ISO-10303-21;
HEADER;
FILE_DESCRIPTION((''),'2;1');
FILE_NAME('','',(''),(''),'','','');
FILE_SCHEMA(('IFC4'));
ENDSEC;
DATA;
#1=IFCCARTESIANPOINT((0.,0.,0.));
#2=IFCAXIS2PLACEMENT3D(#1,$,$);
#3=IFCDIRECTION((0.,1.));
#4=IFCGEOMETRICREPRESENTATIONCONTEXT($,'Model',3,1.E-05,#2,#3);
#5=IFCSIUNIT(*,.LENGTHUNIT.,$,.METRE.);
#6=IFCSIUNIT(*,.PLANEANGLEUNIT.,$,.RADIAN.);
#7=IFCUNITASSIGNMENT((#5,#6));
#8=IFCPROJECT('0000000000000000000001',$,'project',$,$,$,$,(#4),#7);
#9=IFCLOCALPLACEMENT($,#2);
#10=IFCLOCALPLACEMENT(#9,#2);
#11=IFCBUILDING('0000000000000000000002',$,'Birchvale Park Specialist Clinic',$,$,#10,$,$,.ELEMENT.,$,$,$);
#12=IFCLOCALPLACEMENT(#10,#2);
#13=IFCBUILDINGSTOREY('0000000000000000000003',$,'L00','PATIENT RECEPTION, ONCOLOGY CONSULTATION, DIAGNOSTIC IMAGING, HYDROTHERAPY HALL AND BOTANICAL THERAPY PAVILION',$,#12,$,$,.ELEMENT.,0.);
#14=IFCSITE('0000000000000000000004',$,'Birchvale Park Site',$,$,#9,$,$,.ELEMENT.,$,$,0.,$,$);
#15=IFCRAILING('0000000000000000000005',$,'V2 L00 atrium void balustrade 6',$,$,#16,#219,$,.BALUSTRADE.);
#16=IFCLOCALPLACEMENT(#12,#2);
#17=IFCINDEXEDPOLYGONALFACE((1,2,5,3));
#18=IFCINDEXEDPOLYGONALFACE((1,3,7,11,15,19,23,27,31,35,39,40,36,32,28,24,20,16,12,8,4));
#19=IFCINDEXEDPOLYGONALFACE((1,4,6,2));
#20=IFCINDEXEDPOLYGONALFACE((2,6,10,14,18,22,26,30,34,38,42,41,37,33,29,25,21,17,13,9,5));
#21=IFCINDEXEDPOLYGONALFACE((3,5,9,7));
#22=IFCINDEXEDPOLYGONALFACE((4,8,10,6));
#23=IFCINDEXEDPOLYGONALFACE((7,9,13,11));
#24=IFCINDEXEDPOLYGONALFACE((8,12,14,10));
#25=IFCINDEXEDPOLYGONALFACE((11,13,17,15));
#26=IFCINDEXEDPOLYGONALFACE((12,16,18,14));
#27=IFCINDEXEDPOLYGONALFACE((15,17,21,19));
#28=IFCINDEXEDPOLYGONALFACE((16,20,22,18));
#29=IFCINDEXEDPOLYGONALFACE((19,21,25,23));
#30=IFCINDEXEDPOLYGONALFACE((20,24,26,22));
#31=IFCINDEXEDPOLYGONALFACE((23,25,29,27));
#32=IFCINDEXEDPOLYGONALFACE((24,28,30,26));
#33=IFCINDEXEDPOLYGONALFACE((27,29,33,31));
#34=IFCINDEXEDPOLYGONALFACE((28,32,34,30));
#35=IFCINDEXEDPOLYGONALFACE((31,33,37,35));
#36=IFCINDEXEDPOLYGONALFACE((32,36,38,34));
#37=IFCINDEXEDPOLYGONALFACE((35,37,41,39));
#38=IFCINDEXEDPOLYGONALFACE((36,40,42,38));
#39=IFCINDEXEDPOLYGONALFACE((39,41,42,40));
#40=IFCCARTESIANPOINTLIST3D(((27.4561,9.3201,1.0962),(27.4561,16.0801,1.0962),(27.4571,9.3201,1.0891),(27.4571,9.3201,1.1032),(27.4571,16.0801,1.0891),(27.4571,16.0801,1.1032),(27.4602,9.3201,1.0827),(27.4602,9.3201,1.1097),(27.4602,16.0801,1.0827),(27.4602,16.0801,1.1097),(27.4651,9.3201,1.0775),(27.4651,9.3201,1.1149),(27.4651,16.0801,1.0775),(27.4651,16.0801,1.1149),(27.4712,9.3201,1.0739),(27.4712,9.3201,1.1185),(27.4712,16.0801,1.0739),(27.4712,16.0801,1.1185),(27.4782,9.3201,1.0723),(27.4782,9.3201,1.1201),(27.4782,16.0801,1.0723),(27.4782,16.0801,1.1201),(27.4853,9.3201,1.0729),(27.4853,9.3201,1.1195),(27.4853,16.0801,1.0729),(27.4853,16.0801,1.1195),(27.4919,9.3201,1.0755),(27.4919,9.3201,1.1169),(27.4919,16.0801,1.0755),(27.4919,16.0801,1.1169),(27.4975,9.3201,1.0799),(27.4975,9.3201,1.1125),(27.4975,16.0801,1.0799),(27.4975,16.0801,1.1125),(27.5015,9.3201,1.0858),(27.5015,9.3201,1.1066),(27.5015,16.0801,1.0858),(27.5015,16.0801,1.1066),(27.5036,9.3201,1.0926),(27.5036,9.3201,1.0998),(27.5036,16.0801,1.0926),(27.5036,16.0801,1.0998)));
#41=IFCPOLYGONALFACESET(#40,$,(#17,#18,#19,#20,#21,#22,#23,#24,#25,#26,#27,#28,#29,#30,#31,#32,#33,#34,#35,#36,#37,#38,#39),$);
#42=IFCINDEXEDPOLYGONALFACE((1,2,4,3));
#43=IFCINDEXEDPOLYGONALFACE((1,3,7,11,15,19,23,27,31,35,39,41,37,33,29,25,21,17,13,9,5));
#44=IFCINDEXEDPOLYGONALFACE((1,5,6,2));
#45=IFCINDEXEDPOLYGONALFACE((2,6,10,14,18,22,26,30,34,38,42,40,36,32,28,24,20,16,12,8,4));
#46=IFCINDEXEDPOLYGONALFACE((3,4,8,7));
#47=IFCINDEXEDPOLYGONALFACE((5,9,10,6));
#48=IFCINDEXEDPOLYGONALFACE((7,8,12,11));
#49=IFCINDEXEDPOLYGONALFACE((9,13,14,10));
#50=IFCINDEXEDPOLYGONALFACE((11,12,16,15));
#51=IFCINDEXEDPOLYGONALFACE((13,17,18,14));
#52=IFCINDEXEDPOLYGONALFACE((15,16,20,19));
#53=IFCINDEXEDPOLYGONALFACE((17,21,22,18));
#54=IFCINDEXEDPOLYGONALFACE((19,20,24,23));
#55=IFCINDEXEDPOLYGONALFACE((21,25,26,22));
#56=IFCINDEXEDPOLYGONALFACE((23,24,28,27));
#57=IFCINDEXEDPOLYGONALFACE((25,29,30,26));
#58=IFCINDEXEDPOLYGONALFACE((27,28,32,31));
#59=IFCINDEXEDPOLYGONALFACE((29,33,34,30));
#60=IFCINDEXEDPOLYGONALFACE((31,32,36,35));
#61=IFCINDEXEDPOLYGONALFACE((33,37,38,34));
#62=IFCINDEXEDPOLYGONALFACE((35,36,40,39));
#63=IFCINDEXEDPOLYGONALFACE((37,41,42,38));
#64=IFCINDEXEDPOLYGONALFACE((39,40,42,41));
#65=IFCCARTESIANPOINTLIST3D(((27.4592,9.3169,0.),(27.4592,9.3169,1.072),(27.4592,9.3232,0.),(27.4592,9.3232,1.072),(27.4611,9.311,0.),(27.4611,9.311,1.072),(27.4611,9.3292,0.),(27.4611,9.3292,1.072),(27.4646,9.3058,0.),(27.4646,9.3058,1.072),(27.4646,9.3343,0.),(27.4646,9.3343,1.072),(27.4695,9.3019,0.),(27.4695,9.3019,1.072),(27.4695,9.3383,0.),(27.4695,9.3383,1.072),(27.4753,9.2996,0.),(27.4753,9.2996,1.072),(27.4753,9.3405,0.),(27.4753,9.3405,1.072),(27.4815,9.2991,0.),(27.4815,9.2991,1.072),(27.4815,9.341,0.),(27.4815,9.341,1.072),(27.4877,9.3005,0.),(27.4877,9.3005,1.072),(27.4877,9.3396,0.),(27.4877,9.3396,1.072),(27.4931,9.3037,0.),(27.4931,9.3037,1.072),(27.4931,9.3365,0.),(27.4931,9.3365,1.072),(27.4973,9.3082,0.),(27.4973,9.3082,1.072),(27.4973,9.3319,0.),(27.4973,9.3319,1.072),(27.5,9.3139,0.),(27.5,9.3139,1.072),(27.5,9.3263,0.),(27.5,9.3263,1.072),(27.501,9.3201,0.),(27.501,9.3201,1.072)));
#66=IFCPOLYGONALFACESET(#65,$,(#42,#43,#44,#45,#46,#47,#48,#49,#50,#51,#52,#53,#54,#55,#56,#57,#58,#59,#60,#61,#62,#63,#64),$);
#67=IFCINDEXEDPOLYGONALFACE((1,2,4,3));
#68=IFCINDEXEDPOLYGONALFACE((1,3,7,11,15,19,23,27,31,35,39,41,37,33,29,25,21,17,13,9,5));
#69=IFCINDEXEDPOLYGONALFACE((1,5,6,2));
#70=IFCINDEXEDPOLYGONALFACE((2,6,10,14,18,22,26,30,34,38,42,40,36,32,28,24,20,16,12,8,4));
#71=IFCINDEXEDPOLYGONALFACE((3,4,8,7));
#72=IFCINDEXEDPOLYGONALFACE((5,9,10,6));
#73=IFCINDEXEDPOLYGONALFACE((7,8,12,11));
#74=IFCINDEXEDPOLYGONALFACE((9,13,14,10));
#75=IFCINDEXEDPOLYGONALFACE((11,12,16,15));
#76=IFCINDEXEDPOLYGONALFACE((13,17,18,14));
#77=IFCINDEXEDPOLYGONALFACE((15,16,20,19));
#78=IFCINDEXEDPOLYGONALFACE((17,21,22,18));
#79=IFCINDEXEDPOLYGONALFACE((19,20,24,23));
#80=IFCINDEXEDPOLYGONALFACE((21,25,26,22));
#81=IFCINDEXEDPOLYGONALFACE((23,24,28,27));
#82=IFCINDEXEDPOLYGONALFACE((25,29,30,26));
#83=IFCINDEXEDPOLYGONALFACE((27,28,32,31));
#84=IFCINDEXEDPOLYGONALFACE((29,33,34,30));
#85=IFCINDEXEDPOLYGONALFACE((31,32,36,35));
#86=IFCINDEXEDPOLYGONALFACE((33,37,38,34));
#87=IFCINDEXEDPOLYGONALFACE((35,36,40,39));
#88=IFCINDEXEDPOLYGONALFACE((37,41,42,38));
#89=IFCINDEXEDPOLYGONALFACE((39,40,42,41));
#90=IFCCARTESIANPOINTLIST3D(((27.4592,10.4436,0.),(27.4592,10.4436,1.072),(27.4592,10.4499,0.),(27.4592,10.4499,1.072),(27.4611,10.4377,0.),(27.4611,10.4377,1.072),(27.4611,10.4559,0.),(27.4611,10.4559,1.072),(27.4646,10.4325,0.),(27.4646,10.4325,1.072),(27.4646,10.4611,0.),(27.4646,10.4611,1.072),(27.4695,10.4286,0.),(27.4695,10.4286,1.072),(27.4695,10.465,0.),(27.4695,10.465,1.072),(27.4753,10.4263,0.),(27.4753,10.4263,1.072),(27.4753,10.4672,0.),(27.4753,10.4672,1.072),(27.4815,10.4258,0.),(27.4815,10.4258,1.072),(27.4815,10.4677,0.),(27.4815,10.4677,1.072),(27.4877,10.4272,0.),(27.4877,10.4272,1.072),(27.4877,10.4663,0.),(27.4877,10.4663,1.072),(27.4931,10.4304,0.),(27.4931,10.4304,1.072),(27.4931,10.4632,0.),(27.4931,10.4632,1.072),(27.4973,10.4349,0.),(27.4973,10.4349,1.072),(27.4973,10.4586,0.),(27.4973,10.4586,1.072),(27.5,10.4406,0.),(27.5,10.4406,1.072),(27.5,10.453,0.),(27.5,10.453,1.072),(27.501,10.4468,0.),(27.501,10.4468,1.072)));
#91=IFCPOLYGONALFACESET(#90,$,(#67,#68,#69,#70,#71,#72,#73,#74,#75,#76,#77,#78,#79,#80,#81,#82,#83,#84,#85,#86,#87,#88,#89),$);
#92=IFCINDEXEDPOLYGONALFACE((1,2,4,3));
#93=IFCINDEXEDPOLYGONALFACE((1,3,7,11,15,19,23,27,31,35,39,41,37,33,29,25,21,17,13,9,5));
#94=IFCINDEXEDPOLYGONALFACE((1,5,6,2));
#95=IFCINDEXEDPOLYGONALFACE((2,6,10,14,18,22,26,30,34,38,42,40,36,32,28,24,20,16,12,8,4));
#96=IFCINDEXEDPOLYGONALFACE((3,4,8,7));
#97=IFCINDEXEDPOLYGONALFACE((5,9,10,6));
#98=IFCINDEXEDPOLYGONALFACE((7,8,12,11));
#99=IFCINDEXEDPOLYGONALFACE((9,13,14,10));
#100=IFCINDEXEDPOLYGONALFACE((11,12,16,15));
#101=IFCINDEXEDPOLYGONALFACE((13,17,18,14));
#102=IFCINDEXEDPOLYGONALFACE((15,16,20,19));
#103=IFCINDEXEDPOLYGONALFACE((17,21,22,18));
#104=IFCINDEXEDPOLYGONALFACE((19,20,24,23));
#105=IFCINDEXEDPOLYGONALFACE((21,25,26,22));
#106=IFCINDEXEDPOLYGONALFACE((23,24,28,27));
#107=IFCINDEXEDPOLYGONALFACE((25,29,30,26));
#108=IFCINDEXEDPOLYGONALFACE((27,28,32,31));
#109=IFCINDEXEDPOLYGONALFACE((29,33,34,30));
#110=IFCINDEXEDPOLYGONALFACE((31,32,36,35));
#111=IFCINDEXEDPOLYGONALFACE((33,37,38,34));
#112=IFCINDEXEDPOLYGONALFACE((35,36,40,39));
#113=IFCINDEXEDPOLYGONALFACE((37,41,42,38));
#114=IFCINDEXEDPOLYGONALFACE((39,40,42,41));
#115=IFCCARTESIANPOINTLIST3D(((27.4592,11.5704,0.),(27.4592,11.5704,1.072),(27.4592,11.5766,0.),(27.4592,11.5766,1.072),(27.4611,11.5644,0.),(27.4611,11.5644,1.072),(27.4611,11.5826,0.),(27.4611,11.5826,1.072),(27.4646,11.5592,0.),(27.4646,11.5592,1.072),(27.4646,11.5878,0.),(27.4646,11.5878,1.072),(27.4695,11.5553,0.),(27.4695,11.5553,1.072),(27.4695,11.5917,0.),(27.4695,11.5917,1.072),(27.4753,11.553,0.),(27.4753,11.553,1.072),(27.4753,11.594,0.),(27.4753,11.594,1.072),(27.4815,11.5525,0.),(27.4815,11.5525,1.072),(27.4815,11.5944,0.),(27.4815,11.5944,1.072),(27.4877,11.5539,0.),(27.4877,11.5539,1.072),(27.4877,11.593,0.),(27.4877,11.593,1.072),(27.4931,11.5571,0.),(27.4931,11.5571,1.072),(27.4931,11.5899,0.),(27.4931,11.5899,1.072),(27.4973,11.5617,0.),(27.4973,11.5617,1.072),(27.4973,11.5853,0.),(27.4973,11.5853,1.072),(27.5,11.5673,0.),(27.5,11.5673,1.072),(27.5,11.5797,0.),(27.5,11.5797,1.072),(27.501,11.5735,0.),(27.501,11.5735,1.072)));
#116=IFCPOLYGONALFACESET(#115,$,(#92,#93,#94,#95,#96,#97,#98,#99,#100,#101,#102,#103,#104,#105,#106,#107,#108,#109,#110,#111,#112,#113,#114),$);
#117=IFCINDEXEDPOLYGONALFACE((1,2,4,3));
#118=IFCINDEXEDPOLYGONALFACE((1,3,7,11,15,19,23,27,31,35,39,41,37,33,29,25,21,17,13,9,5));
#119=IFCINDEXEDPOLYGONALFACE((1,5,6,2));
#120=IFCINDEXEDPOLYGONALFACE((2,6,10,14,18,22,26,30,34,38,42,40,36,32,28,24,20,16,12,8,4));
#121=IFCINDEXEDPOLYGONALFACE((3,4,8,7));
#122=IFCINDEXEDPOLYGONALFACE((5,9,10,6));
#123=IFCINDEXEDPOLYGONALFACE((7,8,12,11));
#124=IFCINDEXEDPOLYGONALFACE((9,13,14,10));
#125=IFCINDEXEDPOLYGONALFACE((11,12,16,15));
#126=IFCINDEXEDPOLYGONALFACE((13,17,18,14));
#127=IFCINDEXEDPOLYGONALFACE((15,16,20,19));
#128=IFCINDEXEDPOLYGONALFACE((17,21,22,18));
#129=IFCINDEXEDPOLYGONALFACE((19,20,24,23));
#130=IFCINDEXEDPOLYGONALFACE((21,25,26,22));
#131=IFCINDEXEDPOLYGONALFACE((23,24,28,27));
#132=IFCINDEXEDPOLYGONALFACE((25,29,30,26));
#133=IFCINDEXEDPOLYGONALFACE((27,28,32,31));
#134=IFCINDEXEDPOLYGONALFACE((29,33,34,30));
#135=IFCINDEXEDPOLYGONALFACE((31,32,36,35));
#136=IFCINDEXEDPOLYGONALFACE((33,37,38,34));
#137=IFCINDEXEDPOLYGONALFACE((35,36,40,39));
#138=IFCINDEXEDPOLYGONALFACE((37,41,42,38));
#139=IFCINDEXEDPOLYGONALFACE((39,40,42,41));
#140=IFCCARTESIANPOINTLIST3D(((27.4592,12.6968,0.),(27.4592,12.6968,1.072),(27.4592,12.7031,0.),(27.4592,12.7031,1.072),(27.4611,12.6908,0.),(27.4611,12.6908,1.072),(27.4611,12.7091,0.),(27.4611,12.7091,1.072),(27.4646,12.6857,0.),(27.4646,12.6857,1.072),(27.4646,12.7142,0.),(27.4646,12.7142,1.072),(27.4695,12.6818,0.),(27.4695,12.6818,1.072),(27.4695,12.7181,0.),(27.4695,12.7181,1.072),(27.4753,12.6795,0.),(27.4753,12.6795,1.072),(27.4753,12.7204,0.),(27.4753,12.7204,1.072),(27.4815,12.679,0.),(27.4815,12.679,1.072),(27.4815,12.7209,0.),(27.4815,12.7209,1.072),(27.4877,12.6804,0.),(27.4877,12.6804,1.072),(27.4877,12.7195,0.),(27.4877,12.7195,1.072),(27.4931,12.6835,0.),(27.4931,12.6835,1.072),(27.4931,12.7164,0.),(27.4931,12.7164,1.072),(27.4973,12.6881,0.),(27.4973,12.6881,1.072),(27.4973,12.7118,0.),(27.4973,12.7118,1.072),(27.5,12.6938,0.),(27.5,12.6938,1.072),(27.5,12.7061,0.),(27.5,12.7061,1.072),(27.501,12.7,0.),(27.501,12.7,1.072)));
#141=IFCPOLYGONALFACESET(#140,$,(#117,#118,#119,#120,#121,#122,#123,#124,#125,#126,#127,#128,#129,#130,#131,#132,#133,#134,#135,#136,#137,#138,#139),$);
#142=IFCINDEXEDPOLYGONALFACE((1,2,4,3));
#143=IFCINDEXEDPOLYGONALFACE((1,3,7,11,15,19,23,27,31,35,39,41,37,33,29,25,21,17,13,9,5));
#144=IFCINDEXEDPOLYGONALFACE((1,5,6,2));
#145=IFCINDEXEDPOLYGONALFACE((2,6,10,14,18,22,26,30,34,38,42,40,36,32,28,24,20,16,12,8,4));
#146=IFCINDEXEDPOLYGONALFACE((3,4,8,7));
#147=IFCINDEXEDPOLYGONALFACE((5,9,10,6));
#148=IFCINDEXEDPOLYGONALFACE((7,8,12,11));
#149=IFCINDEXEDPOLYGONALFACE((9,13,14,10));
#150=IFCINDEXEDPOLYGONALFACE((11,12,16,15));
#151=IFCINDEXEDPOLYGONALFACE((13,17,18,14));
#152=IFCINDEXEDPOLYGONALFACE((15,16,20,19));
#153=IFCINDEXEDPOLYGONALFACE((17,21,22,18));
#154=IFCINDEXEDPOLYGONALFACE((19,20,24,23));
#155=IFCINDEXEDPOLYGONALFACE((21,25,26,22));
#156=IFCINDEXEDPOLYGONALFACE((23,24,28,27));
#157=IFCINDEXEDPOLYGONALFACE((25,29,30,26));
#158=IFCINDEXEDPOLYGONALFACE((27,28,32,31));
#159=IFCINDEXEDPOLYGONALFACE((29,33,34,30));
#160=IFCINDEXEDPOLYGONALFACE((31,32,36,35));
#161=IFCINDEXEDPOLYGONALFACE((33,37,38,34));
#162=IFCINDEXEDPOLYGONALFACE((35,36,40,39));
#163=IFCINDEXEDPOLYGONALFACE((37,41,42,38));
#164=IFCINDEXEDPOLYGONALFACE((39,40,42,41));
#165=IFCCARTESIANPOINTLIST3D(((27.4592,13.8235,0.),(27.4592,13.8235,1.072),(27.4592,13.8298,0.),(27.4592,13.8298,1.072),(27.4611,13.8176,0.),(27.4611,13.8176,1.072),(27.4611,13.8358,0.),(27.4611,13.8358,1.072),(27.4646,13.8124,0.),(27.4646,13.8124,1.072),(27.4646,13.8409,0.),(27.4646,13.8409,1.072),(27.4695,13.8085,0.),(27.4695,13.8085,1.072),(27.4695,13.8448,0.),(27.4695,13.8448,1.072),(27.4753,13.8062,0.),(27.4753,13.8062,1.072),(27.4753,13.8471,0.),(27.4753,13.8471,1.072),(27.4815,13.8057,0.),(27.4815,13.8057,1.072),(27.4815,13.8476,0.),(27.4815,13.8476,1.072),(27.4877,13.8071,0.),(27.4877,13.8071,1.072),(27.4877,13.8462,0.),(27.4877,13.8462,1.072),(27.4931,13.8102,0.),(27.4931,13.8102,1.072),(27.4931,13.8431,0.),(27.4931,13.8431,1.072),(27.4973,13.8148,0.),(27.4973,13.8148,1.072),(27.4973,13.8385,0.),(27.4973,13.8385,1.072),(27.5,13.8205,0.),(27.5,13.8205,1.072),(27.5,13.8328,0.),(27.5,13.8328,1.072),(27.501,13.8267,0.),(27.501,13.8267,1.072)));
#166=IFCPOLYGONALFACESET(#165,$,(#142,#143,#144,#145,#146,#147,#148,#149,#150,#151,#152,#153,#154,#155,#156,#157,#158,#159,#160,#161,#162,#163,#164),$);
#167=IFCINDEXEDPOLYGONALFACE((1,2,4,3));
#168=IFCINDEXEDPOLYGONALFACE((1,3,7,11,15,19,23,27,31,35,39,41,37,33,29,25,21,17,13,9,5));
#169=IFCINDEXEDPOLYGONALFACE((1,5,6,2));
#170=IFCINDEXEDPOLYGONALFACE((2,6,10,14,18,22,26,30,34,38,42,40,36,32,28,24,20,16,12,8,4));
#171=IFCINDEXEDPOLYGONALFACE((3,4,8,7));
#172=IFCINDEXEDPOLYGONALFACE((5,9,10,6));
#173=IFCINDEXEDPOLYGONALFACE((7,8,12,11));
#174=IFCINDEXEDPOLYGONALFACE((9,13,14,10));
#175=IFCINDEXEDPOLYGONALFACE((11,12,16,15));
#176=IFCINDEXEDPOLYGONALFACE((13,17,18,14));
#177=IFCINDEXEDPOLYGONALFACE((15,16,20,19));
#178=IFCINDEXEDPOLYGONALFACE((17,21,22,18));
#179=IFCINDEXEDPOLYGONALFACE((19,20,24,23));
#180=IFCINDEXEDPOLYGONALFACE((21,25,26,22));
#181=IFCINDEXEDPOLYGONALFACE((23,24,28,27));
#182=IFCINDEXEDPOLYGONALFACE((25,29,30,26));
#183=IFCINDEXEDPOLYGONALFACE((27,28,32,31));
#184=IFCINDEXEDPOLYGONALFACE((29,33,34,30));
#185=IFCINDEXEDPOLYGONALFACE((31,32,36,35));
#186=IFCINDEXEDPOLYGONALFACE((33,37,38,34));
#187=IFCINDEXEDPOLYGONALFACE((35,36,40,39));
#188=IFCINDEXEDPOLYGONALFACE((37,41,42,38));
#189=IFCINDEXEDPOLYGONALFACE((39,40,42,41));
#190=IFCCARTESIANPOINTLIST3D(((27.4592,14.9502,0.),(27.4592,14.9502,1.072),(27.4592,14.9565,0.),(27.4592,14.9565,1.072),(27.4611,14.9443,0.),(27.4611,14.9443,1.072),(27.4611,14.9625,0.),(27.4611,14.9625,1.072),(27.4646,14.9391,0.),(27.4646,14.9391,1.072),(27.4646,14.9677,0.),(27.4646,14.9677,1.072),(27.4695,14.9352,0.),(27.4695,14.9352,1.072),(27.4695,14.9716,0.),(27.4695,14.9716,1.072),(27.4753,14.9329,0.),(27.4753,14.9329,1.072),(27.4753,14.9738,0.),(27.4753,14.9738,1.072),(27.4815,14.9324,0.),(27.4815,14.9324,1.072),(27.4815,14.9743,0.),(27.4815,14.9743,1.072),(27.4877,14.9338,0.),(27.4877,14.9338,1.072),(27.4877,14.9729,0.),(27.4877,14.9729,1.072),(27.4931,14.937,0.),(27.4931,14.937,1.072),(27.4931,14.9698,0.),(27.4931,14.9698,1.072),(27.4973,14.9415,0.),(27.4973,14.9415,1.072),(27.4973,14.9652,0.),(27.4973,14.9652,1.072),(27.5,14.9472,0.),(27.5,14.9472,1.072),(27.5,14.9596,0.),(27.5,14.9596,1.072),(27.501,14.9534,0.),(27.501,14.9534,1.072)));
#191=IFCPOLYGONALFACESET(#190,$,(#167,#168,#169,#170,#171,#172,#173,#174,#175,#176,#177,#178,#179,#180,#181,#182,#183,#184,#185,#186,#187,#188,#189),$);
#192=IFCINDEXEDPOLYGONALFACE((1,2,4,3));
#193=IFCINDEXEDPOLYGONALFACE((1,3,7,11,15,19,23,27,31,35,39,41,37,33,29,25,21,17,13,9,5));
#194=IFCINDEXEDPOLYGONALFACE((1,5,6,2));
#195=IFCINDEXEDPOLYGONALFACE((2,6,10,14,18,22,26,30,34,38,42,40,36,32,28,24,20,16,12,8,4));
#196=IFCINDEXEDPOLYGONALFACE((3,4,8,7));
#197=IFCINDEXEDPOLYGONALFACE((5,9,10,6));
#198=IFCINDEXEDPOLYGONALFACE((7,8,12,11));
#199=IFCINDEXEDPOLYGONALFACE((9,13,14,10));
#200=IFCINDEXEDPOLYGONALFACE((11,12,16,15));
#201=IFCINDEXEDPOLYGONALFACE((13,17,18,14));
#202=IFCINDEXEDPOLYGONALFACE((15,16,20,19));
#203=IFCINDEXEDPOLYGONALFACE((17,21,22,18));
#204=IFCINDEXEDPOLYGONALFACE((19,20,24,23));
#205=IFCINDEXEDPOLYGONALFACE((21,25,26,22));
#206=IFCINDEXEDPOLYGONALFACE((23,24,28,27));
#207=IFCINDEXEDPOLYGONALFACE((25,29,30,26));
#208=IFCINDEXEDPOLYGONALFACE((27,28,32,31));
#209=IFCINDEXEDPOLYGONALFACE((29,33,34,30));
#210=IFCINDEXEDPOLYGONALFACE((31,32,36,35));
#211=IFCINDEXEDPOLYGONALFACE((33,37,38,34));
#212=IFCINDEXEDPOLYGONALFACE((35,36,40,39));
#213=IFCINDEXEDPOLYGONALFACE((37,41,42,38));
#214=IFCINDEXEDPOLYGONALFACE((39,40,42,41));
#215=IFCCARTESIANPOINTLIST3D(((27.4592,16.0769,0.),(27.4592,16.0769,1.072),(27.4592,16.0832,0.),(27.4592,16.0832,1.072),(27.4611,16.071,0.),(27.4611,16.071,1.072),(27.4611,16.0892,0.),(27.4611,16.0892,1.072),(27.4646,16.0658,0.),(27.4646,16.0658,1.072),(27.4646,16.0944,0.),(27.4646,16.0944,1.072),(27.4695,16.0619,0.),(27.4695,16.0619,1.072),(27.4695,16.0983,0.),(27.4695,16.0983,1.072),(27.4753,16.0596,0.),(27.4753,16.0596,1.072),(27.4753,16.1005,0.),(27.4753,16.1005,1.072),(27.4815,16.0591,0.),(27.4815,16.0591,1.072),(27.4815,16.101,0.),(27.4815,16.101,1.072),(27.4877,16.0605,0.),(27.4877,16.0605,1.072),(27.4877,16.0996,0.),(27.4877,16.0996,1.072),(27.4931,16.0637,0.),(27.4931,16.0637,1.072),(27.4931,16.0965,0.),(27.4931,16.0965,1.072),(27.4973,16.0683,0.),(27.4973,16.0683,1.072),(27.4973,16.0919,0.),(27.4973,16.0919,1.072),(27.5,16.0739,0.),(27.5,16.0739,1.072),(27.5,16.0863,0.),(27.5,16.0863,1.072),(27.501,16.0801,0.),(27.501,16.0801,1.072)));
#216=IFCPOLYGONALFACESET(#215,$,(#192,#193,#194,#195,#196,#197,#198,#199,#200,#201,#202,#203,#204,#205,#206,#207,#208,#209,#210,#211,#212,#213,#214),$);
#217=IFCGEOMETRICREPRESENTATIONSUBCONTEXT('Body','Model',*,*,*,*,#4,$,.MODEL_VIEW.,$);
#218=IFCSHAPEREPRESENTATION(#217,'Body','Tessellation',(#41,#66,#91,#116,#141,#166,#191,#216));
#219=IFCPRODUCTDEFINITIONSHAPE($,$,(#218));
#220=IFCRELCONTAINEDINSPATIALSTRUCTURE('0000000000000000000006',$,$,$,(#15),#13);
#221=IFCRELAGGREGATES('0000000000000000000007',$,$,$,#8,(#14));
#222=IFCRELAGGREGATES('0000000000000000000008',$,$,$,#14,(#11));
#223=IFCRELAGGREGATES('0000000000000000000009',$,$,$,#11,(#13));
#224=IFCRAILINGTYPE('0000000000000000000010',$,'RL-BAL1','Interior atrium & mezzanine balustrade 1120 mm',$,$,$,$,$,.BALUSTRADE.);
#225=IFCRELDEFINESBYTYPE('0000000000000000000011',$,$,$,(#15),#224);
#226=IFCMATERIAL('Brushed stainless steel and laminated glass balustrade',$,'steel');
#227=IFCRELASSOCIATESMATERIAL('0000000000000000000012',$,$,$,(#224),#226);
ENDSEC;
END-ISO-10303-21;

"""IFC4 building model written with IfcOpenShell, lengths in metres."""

from ifc_helpers import new_model, si_unit, direction, frame, origin, origin_2d, place, context, subcontext, project, spatial, circle, extrude, material, type_object, element, save


model = new_model("IFC4")

# Units and contexts
model_context = context("Model", 3, precision=1e-05, world=origin(), true_north=direction((0.0, 1.0)))
body_context = subcontext(model_context, "Body", "Model", "MODEL_VIEW")
ifc_project = project(units=[si_unit("LENGTHUNIT", "METRE"), si_unit("PLANEANGLEUNIT", "RADIAN")], contexts=[model_context])

# Site, building, storey
site_placement = place(None, origin())
site = spatial("IfcSite", under=ifc_project, at=site_placement, Name="Birchvale Park Site", CompositionType="ELEMENT", RefElevation=0.0)
building_placement = place(site_placement, origin())
building = spatial("IfcBuilding", under=site, at=building_placement, Name="Birchvale Park Specialist Clinic", CompositionType="ELEMENT")
storey_placement = place(building_placement, origin())
storey = spatial("IfcBuildingStorey", under=building, at=storey_placement, Name="L00", Description="PATIENT RECEPTION, ONCOLOGY CONSULTATION, DIAGNOSTIC IMAGING, HYDROTHERAPY HALL AND BOTANICAL THERAPY PAVILION", CompositionType="ELEMENT", Elevation=0.0)

# Railing
ifc_material_1 = material(Name="Brushed stainless steel and laminated glass balustrade", Category="steel")
railing_type = type_object("IfcRailingType", Name="RL-BAL1", Description="Interior atrium & mezzanine balustrade 1120 mm", PredefinedType="BALUSTRADE", material=ifc_material_1)
railing_1_placement = place(storey_placement, frame((27.48, 9.3201, 0.0)))
element("IfcRailing", 1, at=railing_1_placement, inside=storey, type_object=railing_type, Name="V2 L00 atrium void balustrade 6", PredefinedType="BALUSTRADE", context=body_context, shape_type="SweptSolid", body=[
    extrude(circle(Radius=0.0239, at=origin_2d()), frame((0.0, 0.0, 1.0962), z_axis=(0.0, 1.0, 0.0), x_axis=(-1.0, 0.0, 0.0)), (0.0, 0.0, 1.0), 6.76),
    extrude(circle(Radius=0.021, at=origin_2d()), origin(), (0.0, 0.0, 1.0), 1.072),
    extrude(circle(Radius=0.021, at=origin_2d()), frame((0.0, 1.1267, 0.0)), (0.0, 0.0, 1.0), 1.072),
    extrude(circle(Radius=0.021, at=origin_2d()), frame((0.0, 2.2534, 0.0)), (0.0, 0.0, 1.0), 1.072),
    extrude(circle(Radius=0.021, at=origin_2d()), frame((0.0, 3.3799, 0.0)), (0.0, 0.0, 1.0), 1.072),
    extrude(circle(Radius=0.021, at=origin_2d()), frame((0.0, 4.5066, 0.0)), (0.0, 0.0, 1.0), 1.072),
    extrude(circle(Radius=0.021, at=origin_2d()), frame((0.0, 5.6333, 0.0)), (0.0, 0.0, 1.0), 1.072),
    extrude(circle(Radius=0.021, at=origin_2d()), frame((0.0, 6.76, 0.0)), (0.0, 0.0, 1.0), 1.072),
])

save(model, "model.ifc")
